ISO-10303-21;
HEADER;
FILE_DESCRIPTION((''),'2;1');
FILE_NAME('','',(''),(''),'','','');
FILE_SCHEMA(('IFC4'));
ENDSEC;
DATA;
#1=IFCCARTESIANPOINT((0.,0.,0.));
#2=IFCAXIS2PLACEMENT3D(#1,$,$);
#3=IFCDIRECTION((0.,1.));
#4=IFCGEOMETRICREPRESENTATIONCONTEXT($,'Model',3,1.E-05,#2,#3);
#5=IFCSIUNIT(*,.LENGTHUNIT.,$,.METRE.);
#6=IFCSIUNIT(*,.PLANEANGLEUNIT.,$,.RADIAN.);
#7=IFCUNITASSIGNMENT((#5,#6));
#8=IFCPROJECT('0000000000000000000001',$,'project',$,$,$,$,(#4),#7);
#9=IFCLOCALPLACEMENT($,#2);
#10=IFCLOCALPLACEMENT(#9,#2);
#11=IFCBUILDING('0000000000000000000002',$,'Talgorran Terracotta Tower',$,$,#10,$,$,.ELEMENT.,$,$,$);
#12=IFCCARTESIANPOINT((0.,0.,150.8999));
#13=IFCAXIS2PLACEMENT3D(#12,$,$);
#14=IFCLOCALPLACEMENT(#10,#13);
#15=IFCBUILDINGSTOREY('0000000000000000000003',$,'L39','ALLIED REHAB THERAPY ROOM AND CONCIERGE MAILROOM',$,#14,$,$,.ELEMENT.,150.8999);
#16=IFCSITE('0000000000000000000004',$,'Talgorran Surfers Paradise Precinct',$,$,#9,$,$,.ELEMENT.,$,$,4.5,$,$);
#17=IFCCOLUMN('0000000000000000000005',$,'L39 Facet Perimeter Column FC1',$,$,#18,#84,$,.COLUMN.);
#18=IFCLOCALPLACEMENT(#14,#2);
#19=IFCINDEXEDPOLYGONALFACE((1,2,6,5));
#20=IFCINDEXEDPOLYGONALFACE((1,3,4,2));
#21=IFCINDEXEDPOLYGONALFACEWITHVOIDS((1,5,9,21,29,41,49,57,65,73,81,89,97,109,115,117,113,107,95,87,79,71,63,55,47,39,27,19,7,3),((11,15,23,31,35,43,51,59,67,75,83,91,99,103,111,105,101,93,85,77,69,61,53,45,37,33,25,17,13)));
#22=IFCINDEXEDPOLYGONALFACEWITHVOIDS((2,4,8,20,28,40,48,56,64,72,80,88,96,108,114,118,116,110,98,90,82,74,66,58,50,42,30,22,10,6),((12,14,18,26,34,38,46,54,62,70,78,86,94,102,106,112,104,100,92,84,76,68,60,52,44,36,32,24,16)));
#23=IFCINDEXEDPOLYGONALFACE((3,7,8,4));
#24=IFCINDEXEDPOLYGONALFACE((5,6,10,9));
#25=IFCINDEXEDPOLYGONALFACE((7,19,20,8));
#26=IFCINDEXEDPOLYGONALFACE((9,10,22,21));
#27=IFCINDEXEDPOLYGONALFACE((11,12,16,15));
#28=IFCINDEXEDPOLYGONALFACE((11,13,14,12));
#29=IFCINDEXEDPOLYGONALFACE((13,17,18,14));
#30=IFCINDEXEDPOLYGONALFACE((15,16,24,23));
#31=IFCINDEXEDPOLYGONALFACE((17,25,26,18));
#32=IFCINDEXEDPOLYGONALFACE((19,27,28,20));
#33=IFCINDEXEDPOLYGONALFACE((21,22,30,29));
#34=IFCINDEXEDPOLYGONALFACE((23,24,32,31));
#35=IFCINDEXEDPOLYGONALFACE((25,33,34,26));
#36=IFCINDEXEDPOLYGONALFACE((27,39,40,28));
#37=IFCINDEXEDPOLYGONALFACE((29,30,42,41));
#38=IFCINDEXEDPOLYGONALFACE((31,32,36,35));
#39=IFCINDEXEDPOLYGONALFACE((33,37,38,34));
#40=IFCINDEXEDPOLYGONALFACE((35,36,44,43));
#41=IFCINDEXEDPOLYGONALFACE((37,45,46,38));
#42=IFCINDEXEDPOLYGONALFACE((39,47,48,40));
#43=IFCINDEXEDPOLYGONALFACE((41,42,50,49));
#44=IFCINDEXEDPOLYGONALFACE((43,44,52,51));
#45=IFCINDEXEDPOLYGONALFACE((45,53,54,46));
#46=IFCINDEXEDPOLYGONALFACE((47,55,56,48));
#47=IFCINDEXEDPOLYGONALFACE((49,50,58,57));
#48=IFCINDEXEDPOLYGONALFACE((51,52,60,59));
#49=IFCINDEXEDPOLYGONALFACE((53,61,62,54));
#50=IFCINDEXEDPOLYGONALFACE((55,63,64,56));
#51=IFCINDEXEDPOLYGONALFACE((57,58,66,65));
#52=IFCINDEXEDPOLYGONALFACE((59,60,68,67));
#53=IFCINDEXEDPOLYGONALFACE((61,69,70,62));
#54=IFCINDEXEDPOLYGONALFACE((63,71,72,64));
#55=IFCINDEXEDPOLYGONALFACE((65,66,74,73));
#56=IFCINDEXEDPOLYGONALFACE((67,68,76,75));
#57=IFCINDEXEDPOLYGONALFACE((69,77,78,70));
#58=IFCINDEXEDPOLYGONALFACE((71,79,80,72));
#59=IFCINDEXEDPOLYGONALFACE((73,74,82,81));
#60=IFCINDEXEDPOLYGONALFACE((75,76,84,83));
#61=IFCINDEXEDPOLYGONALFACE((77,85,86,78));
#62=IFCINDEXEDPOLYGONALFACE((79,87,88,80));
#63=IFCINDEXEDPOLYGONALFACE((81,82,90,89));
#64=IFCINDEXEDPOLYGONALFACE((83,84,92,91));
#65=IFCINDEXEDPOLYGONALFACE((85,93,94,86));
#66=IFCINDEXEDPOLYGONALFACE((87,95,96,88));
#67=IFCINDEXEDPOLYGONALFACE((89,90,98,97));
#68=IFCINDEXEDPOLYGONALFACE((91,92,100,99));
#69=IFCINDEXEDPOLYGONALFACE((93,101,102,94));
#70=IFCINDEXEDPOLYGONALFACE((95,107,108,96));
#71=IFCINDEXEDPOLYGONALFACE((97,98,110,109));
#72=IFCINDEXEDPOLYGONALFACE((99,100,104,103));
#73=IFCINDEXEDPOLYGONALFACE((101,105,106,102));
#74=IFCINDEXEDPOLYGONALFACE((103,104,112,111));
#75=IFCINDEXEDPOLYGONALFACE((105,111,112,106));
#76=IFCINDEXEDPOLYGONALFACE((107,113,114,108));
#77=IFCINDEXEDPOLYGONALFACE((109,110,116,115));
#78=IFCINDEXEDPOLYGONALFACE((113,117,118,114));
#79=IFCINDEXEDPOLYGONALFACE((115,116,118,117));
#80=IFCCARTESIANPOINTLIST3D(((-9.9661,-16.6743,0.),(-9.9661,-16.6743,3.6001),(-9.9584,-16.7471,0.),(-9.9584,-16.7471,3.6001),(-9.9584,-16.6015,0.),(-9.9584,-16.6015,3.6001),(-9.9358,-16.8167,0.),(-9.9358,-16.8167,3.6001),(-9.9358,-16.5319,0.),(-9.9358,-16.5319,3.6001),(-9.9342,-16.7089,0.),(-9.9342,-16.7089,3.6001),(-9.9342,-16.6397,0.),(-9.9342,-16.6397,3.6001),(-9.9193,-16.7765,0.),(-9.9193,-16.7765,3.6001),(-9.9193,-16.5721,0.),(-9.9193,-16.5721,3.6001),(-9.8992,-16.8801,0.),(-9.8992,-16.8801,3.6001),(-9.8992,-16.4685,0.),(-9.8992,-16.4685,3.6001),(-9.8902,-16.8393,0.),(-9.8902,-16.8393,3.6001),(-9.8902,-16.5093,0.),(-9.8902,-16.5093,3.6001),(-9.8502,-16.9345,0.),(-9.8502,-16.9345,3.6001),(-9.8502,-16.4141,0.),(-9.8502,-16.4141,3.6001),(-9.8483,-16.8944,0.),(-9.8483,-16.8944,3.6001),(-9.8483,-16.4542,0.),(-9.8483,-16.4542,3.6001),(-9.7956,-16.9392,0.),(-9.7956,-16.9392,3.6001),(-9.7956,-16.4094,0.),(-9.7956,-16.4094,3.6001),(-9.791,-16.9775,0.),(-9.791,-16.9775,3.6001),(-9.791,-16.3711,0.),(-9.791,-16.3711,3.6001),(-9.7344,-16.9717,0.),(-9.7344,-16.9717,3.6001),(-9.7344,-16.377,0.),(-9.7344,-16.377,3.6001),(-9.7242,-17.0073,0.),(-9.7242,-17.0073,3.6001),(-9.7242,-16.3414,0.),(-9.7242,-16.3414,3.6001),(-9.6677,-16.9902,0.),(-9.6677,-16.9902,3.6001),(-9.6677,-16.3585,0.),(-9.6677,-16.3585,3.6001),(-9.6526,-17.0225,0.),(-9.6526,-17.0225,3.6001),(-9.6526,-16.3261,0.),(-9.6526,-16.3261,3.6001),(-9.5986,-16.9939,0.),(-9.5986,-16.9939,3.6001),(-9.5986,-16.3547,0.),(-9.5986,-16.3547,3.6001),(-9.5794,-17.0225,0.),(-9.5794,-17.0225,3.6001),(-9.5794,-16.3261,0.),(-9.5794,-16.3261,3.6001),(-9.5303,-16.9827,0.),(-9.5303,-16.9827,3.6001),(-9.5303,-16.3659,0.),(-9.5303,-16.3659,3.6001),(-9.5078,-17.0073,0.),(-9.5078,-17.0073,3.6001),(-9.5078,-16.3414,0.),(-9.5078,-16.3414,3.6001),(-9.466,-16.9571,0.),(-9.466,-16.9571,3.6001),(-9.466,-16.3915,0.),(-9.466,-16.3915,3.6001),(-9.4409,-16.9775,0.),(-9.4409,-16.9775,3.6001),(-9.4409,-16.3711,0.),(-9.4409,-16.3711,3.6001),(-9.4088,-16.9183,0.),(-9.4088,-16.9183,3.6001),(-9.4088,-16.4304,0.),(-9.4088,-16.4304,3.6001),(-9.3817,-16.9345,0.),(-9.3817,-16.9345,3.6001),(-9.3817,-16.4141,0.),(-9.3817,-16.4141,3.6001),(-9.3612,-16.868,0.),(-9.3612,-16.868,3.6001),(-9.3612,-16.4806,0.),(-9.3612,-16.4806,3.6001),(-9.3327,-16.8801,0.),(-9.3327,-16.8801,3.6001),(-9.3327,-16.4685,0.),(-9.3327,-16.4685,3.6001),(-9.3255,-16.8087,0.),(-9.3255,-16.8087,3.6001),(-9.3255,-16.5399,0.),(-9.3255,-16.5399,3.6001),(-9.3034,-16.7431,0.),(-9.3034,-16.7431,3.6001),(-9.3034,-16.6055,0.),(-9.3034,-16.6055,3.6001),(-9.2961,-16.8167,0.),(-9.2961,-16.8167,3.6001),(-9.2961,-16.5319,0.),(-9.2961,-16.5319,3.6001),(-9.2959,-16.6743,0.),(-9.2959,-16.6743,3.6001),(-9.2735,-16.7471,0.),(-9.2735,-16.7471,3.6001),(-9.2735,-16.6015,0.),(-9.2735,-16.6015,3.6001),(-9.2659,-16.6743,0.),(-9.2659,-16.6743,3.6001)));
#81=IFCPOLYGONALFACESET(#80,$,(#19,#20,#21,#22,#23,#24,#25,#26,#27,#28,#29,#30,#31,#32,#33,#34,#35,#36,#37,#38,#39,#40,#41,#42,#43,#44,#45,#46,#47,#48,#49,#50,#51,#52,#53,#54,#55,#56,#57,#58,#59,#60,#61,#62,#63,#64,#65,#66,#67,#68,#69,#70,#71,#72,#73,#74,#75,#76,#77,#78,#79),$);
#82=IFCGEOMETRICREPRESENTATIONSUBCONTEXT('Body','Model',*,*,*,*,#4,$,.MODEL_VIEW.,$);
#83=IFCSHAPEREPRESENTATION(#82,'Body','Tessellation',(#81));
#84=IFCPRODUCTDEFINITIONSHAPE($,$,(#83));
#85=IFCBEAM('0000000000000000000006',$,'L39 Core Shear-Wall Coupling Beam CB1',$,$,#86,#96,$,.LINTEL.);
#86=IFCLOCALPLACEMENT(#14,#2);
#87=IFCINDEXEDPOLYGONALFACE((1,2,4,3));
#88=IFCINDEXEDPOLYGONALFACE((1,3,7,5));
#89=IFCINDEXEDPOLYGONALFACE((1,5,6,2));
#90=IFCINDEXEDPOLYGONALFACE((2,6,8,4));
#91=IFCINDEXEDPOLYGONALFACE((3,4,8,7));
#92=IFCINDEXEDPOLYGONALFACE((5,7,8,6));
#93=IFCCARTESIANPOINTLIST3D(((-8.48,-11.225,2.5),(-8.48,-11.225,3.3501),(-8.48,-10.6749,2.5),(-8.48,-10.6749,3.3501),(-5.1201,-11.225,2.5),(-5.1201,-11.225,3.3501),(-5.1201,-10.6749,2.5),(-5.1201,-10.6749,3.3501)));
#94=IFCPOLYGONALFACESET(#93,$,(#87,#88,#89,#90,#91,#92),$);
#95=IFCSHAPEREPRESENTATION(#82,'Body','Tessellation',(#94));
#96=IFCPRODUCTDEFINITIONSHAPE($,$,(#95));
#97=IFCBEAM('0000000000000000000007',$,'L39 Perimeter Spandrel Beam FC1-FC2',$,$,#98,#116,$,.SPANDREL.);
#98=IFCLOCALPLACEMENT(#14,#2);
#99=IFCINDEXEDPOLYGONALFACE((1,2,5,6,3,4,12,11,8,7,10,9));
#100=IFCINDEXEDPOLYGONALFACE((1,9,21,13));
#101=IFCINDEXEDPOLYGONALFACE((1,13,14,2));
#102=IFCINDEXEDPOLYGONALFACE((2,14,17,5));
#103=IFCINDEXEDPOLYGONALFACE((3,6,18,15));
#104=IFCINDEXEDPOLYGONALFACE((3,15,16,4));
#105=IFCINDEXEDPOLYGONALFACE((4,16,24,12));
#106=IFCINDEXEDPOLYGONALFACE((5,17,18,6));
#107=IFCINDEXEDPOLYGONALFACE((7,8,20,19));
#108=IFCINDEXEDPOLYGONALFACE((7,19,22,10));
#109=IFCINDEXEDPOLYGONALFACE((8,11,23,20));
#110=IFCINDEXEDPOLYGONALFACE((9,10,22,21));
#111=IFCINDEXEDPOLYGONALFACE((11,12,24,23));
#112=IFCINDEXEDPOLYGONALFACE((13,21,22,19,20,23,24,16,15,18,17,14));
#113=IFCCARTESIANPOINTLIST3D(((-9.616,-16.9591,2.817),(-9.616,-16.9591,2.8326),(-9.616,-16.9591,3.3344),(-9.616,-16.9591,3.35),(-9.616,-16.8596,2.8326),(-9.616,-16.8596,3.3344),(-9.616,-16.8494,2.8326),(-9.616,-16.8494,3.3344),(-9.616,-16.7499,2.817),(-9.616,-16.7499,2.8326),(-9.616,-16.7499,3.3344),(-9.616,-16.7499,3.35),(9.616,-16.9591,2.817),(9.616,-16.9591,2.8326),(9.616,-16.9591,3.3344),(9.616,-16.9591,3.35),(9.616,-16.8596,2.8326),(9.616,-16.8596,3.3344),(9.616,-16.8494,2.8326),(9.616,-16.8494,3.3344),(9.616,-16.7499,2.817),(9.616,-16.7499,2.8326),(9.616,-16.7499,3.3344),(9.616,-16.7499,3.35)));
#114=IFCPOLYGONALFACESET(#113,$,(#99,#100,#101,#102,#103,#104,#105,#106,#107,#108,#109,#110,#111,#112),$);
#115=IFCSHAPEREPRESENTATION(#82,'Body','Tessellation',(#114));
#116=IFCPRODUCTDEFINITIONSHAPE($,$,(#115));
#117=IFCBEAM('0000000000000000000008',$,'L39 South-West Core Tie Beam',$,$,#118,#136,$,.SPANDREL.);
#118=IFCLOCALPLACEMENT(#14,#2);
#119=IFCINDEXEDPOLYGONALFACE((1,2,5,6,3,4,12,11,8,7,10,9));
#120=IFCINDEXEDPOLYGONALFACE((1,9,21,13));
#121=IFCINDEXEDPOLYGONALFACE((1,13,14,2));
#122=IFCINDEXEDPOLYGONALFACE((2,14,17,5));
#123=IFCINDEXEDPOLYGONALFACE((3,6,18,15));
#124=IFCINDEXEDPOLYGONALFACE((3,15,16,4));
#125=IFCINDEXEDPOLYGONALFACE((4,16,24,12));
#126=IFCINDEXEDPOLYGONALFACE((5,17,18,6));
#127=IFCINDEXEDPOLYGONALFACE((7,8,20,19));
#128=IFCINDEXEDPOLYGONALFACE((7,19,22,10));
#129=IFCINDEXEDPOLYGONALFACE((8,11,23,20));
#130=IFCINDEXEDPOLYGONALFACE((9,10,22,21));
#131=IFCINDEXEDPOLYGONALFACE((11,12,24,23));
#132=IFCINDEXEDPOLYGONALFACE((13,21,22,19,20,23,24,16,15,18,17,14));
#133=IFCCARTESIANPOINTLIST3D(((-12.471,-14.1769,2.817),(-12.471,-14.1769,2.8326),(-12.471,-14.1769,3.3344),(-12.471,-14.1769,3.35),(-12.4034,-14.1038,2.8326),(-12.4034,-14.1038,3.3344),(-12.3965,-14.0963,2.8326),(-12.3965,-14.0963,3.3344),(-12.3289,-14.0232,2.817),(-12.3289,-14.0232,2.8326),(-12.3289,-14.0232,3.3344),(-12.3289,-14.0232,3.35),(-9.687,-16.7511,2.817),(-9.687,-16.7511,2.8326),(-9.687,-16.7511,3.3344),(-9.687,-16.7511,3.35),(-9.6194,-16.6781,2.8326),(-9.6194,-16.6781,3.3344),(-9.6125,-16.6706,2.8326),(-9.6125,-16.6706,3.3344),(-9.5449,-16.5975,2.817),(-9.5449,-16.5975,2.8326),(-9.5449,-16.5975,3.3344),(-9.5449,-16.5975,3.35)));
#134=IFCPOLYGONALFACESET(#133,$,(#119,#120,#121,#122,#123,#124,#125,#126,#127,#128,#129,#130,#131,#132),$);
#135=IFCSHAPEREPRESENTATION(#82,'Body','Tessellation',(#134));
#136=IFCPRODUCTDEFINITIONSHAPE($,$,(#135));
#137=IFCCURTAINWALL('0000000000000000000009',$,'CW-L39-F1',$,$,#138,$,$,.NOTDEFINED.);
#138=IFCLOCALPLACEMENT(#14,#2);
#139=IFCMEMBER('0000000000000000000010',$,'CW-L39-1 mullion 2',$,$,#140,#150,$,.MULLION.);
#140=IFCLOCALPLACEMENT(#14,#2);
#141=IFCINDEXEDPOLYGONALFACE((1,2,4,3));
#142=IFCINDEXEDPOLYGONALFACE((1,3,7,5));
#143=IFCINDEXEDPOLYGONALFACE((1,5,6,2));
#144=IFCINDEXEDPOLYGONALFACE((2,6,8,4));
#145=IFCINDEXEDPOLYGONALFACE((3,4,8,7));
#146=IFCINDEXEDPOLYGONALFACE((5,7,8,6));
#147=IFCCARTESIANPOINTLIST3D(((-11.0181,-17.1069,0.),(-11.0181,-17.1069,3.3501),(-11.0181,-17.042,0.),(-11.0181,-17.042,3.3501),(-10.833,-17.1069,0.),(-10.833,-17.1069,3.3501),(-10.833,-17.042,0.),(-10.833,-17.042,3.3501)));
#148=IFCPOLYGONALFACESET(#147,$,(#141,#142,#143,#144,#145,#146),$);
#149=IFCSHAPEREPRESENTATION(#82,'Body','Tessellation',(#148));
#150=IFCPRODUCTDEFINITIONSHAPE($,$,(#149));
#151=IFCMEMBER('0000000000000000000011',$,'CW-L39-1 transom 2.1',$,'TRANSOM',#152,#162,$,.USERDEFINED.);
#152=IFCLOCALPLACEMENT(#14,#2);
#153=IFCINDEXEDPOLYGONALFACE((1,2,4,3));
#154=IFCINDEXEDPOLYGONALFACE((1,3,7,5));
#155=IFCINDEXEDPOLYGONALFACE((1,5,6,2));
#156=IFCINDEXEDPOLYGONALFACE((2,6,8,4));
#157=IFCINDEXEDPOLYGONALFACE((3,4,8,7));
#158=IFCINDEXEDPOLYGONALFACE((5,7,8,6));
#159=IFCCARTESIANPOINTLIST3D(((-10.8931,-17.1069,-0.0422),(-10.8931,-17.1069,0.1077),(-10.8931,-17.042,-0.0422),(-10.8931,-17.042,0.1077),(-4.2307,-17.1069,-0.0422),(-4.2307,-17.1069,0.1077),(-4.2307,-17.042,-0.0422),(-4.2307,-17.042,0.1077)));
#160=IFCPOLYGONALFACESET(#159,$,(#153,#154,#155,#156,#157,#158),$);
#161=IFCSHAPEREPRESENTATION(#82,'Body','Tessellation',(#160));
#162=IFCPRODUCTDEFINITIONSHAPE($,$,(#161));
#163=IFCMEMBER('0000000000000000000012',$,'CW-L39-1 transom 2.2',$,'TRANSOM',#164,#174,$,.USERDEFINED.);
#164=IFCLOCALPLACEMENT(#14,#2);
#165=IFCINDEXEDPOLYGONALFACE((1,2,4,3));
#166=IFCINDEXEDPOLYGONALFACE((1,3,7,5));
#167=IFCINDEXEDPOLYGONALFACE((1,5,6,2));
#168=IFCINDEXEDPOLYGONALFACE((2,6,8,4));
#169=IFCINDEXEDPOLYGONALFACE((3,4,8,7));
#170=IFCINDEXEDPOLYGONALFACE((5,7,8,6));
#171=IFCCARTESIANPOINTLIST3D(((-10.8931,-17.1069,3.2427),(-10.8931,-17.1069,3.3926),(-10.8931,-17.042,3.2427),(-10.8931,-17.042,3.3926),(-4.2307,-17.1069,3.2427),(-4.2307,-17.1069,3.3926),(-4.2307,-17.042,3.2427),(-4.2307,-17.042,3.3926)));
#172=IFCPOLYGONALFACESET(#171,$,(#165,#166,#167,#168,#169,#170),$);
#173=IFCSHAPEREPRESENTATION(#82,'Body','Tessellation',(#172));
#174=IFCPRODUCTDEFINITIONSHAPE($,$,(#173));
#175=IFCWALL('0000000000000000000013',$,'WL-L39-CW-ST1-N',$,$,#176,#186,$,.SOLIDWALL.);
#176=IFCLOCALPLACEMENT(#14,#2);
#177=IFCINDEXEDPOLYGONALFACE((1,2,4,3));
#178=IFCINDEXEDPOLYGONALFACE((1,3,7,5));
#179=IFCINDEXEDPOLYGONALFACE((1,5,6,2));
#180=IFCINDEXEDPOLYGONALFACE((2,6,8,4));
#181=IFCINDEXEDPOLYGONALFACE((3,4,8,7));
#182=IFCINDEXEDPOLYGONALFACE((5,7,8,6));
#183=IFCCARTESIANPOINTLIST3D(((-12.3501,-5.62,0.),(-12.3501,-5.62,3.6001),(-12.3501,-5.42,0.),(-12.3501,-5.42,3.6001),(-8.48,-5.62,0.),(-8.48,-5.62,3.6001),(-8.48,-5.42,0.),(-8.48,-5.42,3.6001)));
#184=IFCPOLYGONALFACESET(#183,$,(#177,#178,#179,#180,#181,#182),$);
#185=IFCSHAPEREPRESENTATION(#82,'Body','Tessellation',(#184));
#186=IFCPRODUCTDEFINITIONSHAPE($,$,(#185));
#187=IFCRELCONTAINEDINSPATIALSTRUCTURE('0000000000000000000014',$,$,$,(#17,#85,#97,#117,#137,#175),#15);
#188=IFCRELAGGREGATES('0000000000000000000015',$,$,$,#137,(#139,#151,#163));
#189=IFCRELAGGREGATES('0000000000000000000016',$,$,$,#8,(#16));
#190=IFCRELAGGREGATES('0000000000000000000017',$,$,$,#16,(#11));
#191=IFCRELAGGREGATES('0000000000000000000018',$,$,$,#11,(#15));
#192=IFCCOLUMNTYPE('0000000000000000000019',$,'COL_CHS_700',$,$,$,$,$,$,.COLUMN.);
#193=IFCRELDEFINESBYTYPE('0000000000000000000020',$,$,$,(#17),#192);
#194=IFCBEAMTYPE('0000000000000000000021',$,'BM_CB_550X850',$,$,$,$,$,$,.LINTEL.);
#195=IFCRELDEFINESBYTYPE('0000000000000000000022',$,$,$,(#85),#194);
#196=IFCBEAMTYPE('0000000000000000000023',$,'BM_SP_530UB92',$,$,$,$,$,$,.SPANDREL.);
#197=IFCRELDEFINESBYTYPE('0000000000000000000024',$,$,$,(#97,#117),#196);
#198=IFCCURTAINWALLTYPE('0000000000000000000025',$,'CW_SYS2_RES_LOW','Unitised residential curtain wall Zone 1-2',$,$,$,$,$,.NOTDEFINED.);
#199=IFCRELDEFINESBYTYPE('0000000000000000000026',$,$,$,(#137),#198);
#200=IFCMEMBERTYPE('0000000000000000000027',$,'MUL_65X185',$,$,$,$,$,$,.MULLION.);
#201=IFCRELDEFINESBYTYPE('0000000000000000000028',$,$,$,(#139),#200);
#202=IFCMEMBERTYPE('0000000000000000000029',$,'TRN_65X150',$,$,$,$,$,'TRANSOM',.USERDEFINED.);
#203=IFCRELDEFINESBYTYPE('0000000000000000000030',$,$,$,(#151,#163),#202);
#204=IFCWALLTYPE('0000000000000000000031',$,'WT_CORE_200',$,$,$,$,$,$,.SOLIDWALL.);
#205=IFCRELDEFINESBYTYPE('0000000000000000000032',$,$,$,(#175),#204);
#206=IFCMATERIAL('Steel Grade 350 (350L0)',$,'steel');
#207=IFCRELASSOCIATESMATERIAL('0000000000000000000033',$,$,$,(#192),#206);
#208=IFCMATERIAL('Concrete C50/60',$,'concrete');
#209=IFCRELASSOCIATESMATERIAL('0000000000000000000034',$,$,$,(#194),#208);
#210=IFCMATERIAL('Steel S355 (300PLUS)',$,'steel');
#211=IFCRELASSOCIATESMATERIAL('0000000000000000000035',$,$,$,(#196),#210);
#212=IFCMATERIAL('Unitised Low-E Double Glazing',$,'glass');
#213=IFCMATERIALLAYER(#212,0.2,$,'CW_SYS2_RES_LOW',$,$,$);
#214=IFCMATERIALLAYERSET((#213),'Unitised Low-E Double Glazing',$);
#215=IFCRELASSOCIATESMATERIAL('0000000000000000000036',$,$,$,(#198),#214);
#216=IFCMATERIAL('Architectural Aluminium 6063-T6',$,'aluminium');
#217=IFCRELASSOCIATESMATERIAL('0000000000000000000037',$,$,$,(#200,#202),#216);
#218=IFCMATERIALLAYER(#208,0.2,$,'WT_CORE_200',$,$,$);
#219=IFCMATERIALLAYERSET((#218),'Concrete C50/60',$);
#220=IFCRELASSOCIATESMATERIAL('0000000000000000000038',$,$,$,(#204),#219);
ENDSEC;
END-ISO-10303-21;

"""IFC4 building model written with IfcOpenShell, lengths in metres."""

from ifc_helpers import new_model, si_unit, direction, frame, frame_2d, origin, origin_2d, place, context, subcontext, project, spatial, rectangle, hollow_circle, i_section, extrude, material, layer, layer_set, material_profile, profile_set, type_object, element, aggregate, save


model = new_model("IFC4")

# Units and contexts
model_context = context("Model", 3, precision=1e-05, world=origin(), true_north=direction((0.0, 1.0)))
body_context = subcontext(model_context, "Body", "Model", "MODEL_VIEW")
ifc_project = project(units=[si_unit("LENGTHUNIT", "METRE"), si_unit("PLANEANGLEUNIT", "RADIAN")], contexts=[model_context])

# Site, building, storey
site_placement = place(None, origin())
site = spatial("IfcSite", under=ifc_project, at=site_placement, Name="Talgorran Surfers Paradise Precinct", CompositionType="ELEMENT", RefElevation=4.5)
building_placement = place(site_placement, origin())
building = spatial("IfcBuilding", under=site, at=building_placement, Name="Talgorran Terracotta Tower", CompositionType="ELEMENT")
storey_placement = place(building_placement, frame((0.0, 0.0, 150.8999)))
storey = spatial("IfcBuildingStorey", under=building, at=storey_placement, Name="L39", Description="ALLIED REHAB THERAPY ROOM AND CONCIERGE MAILROOM", CompositionType="ELEMENT", Elevation=150.8999)

# Column
ifc_material_1 = material(Name="Steel Grade 350 (350L0)", Category="steel")
ifc_material_profile_1 = material_profile(ifc_material_1, hollow_circle(Radius=0.3501, WallThickness=0.03, at=origin_2d()), Name="CHS700X30")
ifc_profile_set_1 = profile_set([ifc_material_profile_1], Name="Steel Grade 350 (350L0)")
column_type = type_object("IfcColumnType", Name="COL_CHS_700", PredefinedType="COLUMN", material=ifc_profile_set_1)
column_placement = place(storey_placement, frame((-9.616, -16.6743, 0.0), z_axis=(0.0, 0.0, 1.0), x_axis=(1.0, 0.0, 0.0)))
element("IfcColumn", 1, at=column_placement, inside=storey, type_object=column_type, Name="L39 Facet Perimeter Column FC1", PredefinedType="COLUMN", context=body_context, shape_type="SweptSolid", body=[
    extrude(hollow_circle(Radius=0.3501, WallThickness=0.03, at=origin_2d()), origin(), (0.0, 0.0, 1.0), 3.6001),
])

# Beams
ifc_material_2 = material(Name="Concrete C50/60", Category="concrete")
ifc_material_profile_2 = material_profile(ifc_material_2, rectangle(XDim=0.55, YDim=0.8501, at=origin_2d()), Name="RCCB550X850")
ifc_profile_set_2 = profile_set([ifc_material_profile_2], Name="Concrete C50/60")
beam_type_1 = type_object("IfcBeamType", Name="BM_CB_550X850", PredefinedType="LINTEL", material=ifc_profile_set_2)
beam_1_placement = place(storey_placement, frame((-8.48, -10.95, 2.925), z_axis=(1.0, 0.0, 0.0), x_axis=(0.0, 1.0, 0.0)))
element("IfcBeam", 2, at=beam_1_placement, inside=storey, type_object=beam_type_1, Name="L39 Core Shear-Wall Coupling Beam CB1", PredefinedType="LINTEL", context=body_context, shape_type="SweptSolid", body=[
    extrude(rectangle(XDim=0.55, YDim=0.8501, at=origin_2d()), origin(), (0.0, 0.0, 1.0), 3.3599),
])
ifc_material_3 = material(Name="Steel S355 (300PLUS)", Category="steel")
ifc_material_profile_3 = material_profile(ifc_material_3, i_section(OverallWidth=0.2092, OverallDepth=0.533, WebThickness=0.0103, FlangeThickness=0.0156, at=origin_2d()), Name="530UB92.4")
ifc_profile_set_3 = profile_set([ifc_material_profile_3], Name="Steel S355 (300PLUS)")
beam_type_2 = type_object("IfcBeamType", Name="BM_SP_530UB92", PredefinedType="SPANDREL", material=ifc_profile_set_3)
beam_2_placement = place(storey_placement, frame((-9.616, -16.8545, 3.0835), z_axis=(1.0, 0.0, 0.0), x_axis=(0.0, 1.0, 0.0)))
element("IfcBeam", 3, at=beam_2_placement, inside=storey, type_object=beam_type_2, Name="L39 Perimeter Spandrel Beam FC1-FC2", PredefinedType="SPANDREL", context=body_context, shape_type="SweptSolid", body=[
    extrude(i_section(OverallWidth=0.2092, OverallDepth=0.533, WebThickness=0.0103, FlangeThickness=0.0156, at=origin_2d()), origin(), (0.0, 0.0, 1.0), 19.2319),
])
beam_3_placement = place(storey_placement, frame((-9.616, -16.6743, 3.0835), z_axis=(-0.734221, 0.678911, 0.0), x_axis=(-0.678911, -0.734221, 0.0)))
element("IfcBeam", 4, at=beam_3_placement, inside=storey, type_object=beam_type_2, Name="L39 South-West Core Tie Beam", PredefinedType="SPANDREL", context=body_context, shape_type="SweptSolid", body=[
    extrude(i_section(OverallWidth=0.2092, OverallDepth=0.533, WebThickness=0.0103, FlangeThickness=0.0156, at=origin_2d()), origin(), (0.0, 0.0, 1.0), 3.7917),
])

# Curtain wall, members
ifc_material_4 = material(Name="Unitised Low-E Double Glazing", Category="glass")
ifc_layer_1 = layer(ifc_material_4, 0.2, Name="CW_SYS2_RES_LOW")
ifc_layer_set_1 = layer_set([ifc_layer_1], Name="Unitised Low-E Double Glazing")
curtain_wall_type = type_object("IfcCurtainWallType", Name="CW_SYS2_RES_LOW", Description="Unitised residential curtain wall Zone 1-2", PredefinedType="NOTDEFINED", material=ifc_layer_set_1)
curtain_wall_placement = place(storey_placement, origin())
curtain_wall = element("IfcCurtainWall", 5, at=curtain_wall_placement, inside=storey, type_object=curtain_wall_type, Name="CW-L39-F1", PredefinedType="NOTDEFINED")
ifc_material_5 = material(Name="Architectural Aluminium 6063-T6", Category="aluminium")
ifc_material_profile_4 = material_profile(ifc_material_5, rectangle(XDim=0.0649, YDim=0.1851, at=origin_2d()), Name="CWM65X185")
ifc_profile_set_4 = profile_set([ifc_material_profile_4], Name="Architectural Aluminium 6063-T6")
member_type_1 = type_object("IfcMemberType", Name="MUL_65X185", PredefinedType="MULLION", material=ifc_profile_set_4)
member_1_placement = place(storey_placement, frame((-10.9255, -17.0745, 0.0), z_axis=(0.0, 0.0, 1.0), x_axis=(0.0, 1.0, 0.0)))
member_1 = element("IfcMember", 6, at=member_1_placement, type_object=member_type_1, Name="CW-L39-1 mullion 2", PredefinedType="MULLION", context=body_context, shape_type="SweptSolid", body=[
    extrude(rectangle(XDim=0.0649, YDim=0.1851, at=origin_2d()), origin(), (0.0, 0.0, 1.0), 3.3501),
])
ifc_material_profile_5 = material_profile(ifc_material_5, rectangle(XDim=0.0649, YDim=0.1499, at=origin_2d()), Name="CWT65X150")
ifc_profile_set_5 = profile_set([ifc_material_profile_5], Name="Architectural Aluminium 6063-T6")
member_type_2 = type_object("IfcMemberType", Name="TRN_65X150", ElementType="TRANSOM", PredefinedType="USERDEFINED", material=ifc_profile_set_5)
member_2_placement = place(storey_placement, frame((-10.8931, -17.0745, 0.0327), z_axis=(1.0, 0.0, 0.0), x_axis=(0.0, 1.0, 0.0)))
member_2 = element("IfcMember", 7, at=member_2_placement, type_object=member_type_2, Name="CW-L39-1 transom 2.1", ObjectType="TRANSOM", PredefinedType="USERDEFINED", context=body_context, shape_type="SweptSolid", body=[
    extrude(rectangle(XDim=0.0649, YDim=0.1499, at=origin_2d()), origin(), (0.0, 0.0, 1.0), 6.6624),
])
member_3_placement = place(storey_placement, frame((-10.8931, -17.0745, 3.3176), z_axis=(1.0, 0.0, 0.0), x_axis=(0.0, 1.0, 0.0)))
member_3 = element("IfcMember", 8, at=member_3_placement, type_object=member_type_2, Name="CW-L39-1 transom 2.2", ObjectType="TRANSOM", PredefinedType="USERDEFINED", context=body_context, shape_type="SweptSolid", body=[
    extrude(rectangle(XDim=0.0649, YDim=0.1499, at=origin_2d()), origin(), (0.0, 0.0, 1.0), 6.6624),
])
aggregate(curtain_wall, [member_1, member_2, member_3])

# Wall
ifc_layer_2 = layer(ifc_material_2, 0.2, Name="WT_CORE_200")
ifc_layer_set_2 = layer_set([ifc_layer_2], Name="Concrete C50/60")
wall_type_1 = type_object("IfcWallType", Name="WT_CORE_200", PredefinedType="SOLIDWALL", material=ifc_layer_set_2)
for number, where, z_axis, x_axis, name in (
    (9, (-12.3501, -5.52, 0.0), (0.0, 0.0, 1.0), (1.0, 0.0, 0.0), "WL-L39-CW-ST1-N"),
):
    element("IfcWall", number, at=place(storey_placement, frame(where, z_axis=z_axis, x_axis=x_axis)), inside=storey, type_object=wall_type_1, Name=name, PredefinedType="SOLIDWALL", context=body_context, shape_type="SweptSolid", body=[
        extrude(rectangle(XDim=3.8701, YDim=0.2, at=frame_2d((1.9351, 0.0))), origin(), (0.0, 0.0, 1.0), 3.6001),
    ])

save(model, "model.ifc")
